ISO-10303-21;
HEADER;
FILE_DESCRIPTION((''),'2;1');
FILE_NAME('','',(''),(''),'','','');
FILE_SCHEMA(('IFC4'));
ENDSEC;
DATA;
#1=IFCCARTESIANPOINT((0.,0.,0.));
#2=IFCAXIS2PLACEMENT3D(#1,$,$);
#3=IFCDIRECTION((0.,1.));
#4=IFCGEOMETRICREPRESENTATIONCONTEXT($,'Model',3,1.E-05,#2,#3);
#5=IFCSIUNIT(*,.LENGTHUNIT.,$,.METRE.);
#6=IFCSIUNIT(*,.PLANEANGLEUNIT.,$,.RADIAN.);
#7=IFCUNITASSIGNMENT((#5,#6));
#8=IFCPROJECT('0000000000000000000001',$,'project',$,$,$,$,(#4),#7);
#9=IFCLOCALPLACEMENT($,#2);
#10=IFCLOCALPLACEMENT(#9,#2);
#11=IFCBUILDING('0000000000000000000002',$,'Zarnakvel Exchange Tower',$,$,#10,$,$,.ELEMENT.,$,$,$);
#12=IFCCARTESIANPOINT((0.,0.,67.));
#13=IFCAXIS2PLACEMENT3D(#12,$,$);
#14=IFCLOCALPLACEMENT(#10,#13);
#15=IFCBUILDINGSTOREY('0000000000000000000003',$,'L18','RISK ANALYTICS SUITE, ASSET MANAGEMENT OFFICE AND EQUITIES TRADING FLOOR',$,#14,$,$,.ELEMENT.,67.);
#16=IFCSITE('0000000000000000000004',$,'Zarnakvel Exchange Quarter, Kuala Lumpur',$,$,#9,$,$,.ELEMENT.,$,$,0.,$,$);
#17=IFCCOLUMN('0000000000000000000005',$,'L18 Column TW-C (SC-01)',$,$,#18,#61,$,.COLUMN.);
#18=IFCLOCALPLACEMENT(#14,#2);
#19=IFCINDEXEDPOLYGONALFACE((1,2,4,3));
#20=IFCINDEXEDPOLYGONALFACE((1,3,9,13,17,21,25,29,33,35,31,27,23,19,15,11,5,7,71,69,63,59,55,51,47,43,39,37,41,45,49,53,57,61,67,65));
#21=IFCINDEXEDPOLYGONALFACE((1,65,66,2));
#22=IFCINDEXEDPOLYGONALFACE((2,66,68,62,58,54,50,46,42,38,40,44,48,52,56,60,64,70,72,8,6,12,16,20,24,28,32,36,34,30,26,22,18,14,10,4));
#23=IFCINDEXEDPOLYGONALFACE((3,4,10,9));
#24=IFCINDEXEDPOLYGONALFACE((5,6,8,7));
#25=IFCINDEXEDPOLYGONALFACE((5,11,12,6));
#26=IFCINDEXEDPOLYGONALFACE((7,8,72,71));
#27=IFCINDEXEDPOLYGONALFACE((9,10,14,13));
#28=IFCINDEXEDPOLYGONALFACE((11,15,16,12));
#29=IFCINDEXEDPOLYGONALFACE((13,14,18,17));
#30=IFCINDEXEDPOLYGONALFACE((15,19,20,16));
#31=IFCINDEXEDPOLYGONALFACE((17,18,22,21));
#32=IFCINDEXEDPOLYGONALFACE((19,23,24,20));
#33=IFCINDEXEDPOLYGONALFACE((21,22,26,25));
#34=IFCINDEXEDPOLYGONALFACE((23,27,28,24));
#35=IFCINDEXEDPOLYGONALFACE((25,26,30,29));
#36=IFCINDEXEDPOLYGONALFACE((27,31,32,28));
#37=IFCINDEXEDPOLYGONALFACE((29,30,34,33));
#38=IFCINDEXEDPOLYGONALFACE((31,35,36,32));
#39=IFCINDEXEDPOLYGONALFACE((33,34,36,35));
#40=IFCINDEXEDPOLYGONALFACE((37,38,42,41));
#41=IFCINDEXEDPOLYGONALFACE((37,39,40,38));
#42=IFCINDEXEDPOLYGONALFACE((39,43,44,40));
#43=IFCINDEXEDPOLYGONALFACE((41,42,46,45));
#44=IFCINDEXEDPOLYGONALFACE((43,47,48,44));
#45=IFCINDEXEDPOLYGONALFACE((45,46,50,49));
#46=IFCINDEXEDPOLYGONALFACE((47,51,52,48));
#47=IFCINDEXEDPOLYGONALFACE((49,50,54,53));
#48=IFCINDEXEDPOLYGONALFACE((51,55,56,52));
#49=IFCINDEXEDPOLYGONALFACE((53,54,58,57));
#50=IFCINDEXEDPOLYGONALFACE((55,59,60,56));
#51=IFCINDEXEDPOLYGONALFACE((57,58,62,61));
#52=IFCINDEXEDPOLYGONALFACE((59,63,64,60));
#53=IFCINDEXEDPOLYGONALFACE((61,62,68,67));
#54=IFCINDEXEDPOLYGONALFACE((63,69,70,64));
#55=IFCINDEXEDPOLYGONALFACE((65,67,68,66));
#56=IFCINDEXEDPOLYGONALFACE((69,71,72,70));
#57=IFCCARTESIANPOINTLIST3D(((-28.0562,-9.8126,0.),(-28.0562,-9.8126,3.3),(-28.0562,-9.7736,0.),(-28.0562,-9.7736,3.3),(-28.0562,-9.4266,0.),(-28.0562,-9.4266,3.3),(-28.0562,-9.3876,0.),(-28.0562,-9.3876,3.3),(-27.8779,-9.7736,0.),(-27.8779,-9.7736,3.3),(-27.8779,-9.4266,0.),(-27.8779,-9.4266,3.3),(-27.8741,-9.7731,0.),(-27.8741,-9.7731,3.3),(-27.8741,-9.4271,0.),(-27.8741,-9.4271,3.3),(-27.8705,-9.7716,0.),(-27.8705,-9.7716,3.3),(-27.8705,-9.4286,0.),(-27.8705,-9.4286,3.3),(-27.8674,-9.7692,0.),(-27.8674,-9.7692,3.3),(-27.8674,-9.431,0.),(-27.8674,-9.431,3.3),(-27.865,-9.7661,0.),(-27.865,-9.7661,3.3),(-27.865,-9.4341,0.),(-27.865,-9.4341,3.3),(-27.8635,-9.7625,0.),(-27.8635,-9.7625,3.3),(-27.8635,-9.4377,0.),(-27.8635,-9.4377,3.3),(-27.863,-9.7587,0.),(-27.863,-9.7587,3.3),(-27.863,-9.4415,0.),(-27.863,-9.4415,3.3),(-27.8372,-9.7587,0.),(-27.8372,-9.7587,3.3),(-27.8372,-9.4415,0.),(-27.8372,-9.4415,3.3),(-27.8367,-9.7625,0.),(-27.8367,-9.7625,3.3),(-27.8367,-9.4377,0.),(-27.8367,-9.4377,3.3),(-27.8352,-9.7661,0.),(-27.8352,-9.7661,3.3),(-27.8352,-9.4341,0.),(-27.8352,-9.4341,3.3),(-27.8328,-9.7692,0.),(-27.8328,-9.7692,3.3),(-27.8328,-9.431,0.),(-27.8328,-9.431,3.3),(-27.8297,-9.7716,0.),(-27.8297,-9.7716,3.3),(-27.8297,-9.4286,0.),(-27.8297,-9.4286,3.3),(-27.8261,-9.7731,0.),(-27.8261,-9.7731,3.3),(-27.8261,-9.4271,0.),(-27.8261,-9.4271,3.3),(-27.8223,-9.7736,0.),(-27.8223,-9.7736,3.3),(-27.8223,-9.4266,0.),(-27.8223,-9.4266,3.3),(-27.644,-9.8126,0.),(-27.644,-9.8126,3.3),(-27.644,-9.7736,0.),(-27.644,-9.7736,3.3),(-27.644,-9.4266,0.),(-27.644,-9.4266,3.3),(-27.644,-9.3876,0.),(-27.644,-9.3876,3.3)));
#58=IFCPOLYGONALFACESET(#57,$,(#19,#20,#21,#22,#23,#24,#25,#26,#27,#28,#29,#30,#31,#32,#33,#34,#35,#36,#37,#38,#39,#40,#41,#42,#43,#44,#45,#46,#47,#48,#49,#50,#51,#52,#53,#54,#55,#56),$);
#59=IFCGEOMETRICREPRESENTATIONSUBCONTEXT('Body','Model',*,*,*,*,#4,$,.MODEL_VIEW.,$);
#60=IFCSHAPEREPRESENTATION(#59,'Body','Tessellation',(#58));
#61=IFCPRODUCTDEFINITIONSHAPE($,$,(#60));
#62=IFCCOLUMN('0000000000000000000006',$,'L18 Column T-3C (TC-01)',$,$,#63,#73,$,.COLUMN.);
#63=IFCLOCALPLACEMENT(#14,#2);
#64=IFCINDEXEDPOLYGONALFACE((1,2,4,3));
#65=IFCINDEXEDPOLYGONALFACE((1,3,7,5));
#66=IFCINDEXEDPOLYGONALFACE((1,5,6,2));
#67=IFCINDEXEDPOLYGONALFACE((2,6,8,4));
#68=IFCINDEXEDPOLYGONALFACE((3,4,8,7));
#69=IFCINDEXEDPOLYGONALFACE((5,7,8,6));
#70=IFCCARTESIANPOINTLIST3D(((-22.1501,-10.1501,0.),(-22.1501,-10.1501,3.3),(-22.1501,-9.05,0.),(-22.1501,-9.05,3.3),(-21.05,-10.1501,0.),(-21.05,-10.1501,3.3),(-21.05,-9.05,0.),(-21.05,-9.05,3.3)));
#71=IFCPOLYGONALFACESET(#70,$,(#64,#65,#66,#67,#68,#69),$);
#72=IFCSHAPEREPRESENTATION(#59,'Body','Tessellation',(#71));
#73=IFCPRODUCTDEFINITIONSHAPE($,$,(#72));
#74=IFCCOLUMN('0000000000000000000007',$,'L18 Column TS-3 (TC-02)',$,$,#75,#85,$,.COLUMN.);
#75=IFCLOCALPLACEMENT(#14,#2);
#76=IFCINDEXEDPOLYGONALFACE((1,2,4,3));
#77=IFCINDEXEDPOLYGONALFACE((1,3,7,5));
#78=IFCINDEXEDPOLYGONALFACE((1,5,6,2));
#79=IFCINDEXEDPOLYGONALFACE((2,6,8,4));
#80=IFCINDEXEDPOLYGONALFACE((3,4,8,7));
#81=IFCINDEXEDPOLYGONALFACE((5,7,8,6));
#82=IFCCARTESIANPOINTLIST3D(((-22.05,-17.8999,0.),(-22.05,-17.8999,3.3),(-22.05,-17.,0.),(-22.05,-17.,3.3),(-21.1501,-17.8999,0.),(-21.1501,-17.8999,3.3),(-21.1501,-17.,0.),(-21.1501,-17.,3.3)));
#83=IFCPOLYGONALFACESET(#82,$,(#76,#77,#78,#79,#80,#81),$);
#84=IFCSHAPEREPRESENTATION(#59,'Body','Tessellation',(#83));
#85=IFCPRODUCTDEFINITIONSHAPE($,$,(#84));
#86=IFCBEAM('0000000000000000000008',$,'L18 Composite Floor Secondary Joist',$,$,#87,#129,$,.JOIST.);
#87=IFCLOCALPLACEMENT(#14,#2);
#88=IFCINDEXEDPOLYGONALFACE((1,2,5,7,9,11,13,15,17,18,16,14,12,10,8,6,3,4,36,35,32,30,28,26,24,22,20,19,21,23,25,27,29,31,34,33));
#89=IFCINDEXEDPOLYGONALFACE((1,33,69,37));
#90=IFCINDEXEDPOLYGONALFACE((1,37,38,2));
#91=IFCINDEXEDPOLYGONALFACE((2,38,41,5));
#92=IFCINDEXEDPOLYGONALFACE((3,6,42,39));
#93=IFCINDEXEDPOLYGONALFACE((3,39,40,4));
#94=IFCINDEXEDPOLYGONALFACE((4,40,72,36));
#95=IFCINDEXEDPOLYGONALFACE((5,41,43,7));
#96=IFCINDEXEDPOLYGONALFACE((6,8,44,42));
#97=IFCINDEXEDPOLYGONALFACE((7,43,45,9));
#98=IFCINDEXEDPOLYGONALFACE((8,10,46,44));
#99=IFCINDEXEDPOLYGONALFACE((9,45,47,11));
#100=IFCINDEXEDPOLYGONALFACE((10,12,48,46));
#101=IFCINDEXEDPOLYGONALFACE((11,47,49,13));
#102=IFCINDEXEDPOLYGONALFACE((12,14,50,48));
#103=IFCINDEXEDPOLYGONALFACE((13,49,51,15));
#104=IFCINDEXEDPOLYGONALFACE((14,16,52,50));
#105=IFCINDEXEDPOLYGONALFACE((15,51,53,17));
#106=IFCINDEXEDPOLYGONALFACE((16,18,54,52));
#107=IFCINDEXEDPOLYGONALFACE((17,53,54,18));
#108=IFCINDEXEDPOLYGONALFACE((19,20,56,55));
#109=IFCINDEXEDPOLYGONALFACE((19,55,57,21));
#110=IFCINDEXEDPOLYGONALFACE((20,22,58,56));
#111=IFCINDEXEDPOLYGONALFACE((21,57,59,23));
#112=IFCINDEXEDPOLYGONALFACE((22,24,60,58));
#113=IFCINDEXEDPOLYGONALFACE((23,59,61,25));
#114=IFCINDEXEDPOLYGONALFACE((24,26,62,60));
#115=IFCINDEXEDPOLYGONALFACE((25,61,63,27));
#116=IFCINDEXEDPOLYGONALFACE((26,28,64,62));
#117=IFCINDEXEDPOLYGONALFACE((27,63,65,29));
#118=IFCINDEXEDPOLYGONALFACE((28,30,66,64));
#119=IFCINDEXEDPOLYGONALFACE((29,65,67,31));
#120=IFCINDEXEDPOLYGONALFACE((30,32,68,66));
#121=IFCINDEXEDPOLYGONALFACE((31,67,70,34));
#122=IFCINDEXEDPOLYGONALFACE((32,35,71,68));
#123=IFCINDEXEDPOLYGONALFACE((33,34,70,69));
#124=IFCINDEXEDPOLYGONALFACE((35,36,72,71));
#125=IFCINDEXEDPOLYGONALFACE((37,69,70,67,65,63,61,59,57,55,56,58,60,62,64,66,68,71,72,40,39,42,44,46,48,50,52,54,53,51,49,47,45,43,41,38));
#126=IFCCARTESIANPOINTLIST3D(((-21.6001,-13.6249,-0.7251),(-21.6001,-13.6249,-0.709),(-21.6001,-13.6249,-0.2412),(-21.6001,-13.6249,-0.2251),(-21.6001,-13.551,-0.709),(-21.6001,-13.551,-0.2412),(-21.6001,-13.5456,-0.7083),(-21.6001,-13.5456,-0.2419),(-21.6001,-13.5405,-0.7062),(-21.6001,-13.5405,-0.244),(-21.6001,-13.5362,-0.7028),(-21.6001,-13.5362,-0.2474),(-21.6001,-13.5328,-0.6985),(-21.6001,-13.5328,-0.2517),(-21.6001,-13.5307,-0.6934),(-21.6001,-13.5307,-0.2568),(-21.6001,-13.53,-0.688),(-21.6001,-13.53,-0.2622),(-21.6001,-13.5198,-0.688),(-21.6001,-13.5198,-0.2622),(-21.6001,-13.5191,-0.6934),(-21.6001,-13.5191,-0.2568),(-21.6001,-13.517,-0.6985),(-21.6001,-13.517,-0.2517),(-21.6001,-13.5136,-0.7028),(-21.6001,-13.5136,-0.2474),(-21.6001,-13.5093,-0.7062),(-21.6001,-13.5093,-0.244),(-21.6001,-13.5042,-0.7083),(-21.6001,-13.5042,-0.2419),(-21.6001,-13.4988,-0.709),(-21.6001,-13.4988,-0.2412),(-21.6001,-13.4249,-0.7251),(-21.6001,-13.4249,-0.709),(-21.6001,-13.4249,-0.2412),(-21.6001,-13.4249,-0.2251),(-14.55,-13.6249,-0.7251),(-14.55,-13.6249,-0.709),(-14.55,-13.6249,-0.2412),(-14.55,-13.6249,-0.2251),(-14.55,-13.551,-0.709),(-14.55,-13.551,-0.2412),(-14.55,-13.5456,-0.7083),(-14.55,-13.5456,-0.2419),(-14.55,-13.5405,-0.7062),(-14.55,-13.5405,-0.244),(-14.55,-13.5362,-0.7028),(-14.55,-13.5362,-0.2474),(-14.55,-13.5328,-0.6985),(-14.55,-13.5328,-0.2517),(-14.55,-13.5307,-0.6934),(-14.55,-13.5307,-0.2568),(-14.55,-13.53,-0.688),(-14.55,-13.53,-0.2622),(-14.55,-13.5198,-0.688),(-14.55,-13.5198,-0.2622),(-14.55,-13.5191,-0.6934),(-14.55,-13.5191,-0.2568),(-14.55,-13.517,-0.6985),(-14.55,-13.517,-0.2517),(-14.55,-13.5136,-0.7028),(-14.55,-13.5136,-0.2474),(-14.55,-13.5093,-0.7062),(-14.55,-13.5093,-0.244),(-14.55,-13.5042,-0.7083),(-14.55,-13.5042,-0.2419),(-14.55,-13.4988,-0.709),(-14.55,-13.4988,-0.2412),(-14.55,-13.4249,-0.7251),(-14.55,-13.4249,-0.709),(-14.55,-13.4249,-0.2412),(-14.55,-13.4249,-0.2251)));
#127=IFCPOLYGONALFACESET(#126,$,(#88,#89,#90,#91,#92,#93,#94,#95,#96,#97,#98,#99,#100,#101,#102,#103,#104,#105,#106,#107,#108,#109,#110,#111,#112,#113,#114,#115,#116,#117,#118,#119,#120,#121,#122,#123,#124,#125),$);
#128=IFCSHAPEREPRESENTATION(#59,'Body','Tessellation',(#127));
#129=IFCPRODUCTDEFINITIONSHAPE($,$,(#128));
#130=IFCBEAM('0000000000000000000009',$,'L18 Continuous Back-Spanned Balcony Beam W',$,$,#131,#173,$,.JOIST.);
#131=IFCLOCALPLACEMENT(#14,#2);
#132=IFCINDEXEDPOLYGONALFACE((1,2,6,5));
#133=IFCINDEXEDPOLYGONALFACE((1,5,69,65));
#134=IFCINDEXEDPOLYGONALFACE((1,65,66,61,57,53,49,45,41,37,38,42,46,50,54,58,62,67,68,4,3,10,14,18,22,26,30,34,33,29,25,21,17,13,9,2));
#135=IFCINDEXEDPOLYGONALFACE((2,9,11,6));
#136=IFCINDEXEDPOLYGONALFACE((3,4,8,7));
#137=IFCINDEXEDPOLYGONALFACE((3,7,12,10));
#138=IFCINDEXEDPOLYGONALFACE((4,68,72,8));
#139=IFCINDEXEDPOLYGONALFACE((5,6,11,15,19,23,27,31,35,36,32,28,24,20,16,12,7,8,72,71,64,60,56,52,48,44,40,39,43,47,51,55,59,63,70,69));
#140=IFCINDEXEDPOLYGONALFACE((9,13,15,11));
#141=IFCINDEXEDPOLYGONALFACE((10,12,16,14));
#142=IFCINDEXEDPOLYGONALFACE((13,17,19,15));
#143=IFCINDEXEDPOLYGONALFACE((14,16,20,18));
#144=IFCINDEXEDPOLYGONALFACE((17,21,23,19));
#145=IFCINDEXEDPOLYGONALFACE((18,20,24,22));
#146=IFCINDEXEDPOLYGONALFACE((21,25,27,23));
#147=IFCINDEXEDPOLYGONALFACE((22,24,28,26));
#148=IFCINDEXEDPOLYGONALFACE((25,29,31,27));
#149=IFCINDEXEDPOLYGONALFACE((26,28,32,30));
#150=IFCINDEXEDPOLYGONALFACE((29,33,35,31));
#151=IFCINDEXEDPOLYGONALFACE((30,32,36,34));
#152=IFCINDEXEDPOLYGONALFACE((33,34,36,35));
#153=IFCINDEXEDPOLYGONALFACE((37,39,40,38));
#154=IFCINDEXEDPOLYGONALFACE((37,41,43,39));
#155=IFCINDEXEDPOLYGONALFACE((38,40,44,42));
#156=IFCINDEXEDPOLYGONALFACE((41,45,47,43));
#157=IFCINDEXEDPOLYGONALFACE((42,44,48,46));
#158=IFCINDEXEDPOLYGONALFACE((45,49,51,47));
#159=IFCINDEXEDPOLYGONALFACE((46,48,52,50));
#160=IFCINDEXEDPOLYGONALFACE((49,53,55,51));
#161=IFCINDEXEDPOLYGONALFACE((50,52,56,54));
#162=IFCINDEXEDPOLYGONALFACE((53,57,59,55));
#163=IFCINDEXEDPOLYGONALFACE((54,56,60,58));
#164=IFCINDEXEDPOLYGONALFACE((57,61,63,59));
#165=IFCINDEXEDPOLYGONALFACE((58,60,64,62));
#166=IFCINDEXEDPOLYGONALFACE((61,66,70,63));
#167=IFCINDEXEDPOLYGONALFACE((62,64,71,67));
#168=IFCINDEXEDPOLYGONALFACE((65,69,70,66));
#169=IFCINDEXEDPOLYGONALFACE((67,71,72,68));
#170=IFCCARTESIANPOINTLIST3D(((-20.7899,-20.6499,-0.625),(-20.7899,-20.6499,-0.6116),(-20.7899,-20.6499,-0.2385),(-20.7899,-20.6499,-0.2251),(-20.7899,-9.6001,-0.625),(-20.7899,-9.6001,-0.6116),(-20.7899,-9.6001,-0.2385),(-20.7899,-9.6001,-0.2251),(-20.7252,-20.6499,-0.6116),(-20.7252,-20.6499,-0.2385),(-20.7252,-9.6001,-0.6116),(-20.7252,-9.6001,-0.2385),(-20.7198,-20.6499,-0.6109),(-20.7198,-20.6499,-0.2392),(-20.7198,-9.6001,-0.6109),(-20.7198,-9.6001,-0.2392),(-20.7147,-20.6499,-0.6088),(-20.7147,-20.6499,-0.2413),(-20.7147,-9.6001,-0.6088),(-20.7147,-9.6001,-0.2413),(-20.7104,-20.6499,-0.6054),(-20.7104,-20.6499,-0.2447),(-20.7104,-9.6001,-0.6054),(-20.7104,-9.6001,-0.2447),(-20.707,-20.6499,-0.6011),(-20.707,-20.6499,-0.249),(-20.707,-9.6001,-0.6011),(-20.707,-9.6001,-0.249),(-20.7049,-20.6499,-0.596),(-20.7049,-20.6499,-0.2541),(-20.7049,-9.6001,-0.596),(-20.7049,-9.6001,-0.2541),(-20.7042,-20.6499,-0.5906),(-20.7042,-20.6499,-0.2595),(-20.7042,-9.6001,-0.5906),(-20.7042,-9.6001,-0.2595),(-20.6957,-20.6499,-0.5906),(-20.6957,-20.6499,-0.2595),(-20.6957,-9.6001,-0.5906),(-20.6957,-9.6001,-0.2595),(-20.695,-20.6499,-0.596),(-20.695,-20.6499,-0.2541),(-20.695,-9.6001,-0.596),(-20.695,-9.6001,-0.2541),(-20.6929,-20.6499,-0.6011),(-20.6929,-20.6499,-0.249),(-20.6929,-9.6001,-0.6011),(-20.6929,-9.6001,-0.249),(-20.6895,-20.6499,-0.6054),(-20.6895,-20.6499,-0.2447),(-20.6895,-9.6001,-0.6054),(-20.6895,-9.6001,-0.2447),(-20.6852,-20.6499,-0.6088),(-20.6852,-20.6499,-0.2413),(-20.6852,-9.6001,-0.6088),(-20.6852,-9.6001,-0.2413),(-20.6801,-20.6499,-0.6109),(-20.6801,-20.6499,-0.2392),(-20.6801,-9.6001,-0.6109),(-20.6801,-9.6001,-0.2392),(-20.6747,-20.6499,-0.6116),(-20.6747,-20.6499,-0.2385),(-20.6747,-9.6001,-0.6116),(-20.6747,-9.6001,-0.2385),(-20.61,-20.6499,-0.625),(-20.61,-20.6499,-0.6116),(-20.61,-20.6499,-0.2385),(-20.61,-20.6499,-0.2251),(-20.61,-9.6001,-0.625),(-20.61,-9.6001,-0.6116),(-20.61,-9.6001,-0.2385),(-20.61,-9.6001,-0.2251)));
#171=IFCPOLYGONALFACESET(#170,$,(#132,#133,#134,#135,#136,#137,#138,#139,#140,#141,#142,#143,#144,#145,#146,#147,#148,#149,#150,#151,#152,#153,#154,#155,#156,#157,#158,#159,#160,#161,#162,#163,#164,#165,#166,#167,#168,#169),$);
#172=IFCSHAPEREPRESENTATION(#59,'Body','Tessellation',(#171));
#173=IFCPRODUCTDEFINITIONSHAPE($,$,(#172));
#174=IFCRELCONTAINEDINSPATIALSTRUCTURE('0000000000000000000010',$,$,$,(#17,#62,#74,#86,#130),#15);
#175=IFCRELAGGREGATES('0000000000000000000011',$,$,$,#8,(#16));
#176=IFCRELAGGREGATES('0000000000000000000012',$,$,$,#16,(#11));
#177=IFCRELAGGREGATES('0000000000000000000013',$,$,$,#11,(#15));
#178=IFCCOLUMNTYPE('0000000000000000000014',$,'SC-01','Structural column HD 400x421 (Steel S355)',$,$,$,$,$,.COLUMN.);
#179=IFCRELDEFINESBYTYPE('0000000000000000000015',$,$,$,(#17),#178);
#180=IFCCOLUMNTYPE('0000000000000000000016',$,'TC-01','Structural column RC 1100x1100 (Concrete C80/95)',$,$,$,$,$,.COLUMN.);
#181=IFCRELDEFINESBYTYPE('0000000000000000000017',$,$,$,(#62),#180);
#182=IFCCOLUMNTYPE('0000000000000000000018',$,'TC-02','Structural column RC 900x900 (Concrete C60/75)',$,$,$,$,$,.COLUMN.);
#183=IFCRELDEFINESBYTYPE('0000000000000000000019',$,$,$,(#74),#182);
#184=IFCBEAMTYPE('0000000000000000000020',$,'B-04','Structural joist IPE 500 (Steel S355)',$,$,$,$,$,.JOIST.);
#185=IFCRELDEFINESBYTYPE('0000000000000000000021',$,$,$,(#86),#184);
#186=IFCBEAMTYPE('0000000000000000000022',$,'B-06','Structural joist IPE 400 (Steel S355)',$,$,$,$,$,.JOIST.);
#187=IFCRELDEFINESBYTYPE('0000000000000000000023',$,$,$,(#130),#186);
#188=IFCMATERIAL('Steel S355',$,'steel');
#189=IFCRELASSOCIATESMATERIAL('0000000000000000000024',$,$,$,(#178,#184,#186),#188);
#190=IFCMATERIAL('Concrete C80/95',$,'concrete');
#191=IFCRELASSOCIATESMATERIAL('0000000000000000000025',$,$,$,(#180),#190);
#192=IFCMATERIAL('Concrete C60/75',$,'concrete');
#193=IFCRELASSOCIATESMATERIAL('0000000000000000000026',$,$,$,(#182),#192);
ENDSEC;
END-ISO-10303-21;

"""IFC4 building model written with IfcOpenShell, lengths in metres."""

from ifc_helpers import new_model, si_unit, direction, frame, origin, origin_2d, place, context, subcontext, project, spatial, rectangle, i_section, extrude, material, material_profile, profile_set, type_object, element, save


model = new_model("IFC4")

# Units and contexts
model_context = context("Model", 3, precision=1e-05, world=origin(), true_north=direction((0.0, 1.0)))
body_context = subcontext(model_context, "Body", "Model", "MODEL_VIEW")
ifc_project = project(units=[si_unit("LENGTHUNIT", "METRE"), si_unit("PLANEANGLEUNIT", "RADIAN")], contexts=[model_context])

# Site, building, storey
site_placement = place(None, origin())
site = spatial("IfcSite", under=ifc_project, at=site_placement, Name="Zarnakvel Exchange Quarter, Kuala Lumpur", CompositionType="ELEMENT", RefElevation=0.0)
building_placement = place(site_placement, origin())
building = spatial("IfcBuilding", under=site, at=building_placement, Name="Zarnakvel Exchange Tower", CompositionType="ELEMENT")
storey_placement = place(building_placement, frame((0.0, 0.0, 67.0)))
storey = spatial("IfcBuildingStorey", under=building, at=storey_placement, Name="L18", Description="RISK ANALYTICS SUITE, ASSET MANAGEMENT OFFICE AND EQUITIES TRADING FLOOR", CompositionType="ELEMENT", Elevation=67.0)

# Columns
ifc_material_1 = material(Name="Steel S355", Category="steel")
ifc_material_profile_1 = material_profile(ifc_material_1, i_section(OverallWidth=0.4121, OverallDepth=0.425, WebThickness=0.0259, FlangeThickness=0.0391, FilletRadius=0.0149, at=origin_2d()))
ifc_profile_set_1 = profile_set([ifc_material_profile_1], Name="Steel S355")
column_type_1 = type_object("IfcColumnType", Name="SC-01", Description="Structural column HD 400x421 (Steel S355)", PredefinedType="COLUMN", material=ifc_profile_set_1)
column_1_placement = place(storey_placement, frame((-27.8501, -9.6001, 0.0), z_axis=(0.0, 0.0, 1.0), x_axis=(1.0, 0.0, 0.0)))
element("IfcColumn", 1, at=column_1_placement, inside=storey, type_object=column_type_1, Name="L18 Column TW-C (SC-01)", PredefinedType="COLUMN", context=body_context, shape_type="SweptSolid", body=[
    extrude(i_section(OverallWidth=0.4121, OverallDepth=0.425, WebThickness=0.0259, FlangeThickness=0.0391, FilletRadius=0.0149, at=origin_2d()), origin(), (0.0, 0.0, 1.0), 3.3),
])
ifc_material_2 = material(Name="Concrete C80/95", Category="concrete")
ifc_material_profile_2 = material_profile(ifc_material_2, rectangle(XDim=1.1001, YDim=1.1001, at=origin_2d()))
ifc_profile_set_2 = profile_set([ifc_material_profile_2], Name="Concrete C80/95")
column_type_2 = type_object("IfcColumnType", Name="TC-01", Description="Structural column RC 1100x1100 (Concrete C80/95)", PredefinedType="COLUMN", material=ifc_profile_set_2)
column_2_placement = place(storey_placement, frame((-21.6001, -9.6001, 0.0), z_axis=(0.0, 0.0, 1.0), x_axis=(1.0, 0.0, 0.0)))
element("IfcColumn", 2, at=column_2_placement, inside=storey, type_object=column_type_2, Name="L18 Column T-3C (TC-01)", PredefinedType="COLUMN", context=body_context, shape_type="SweptSolid", body=[
    extrude(rectangle(XDim=1.1001, YDim=1.1001, at=origin_2d()), origin(), (0.0, 0.0, 1.0), 3.3),
])
ifc_material_3 = material(Name="Concrete C60/75", Category="concrete")
ifc_material_profile_3 = material_profile(ifc_material_3, rectangle(XDim=0.8999, YDim=0.8999, at=origin_2d()))
ifc_profile_set_3 = profile_set([ifc_material_profile_3], Name="Concrete C60/75")
column_type_3 = type_object("IfcColumnType", Name="TC-02", Description="Structural column RC 900x900 (Concrete C60/75)", PredefinedType="COLUMN", material=ifc_profile_set_3)
column_3_placement = place(storey_placement, frame((-21.6001, -17.45, 0.0), z_axis=(0.0, 0.0, 1.0), x_axis=(1.0, 0.0, 0.0)))
element("IfcColumn", 3, at=column_3_placement, inside=storey, type_object=column_type_3, Name="L18 Column TS-3 (TC-02)", PredefinedType="COLUMN", context=body_context, shape_type="SweptSolid", body=[
    extrude(rectangle(XDim=0.8999, YDim=0.8999, at=origin_2d()), origin(), (0.0, 0.0, 1.0), 3.3),
])

# Beams
ifc_material_profile_4 = material_profile(ifc_material_1, i_section(OverallWidth=0.2, OverallDepth=0.5, WebThickness=0.0103, FlangeThickness=0.0161, FilletRadius=0.021, at=origin_2d()))
ifc_profile_set_4 = profile_set([ifc_material_profile_4], Name="Steel S355")
beam_type_1 = type_object("IfcBeamType", Name="B-04", Description="Structural joist IPE 500 (Steel S355)", PredefinedType="JOIST", material=ifc_profile_set_4)
beam_1_placement = place(storey_placement, frame((-21.6001, -13.5249, -0.4751), z_axis=(1.0, 0.0, 0.0), x_axis=(0.0, 1.0, 0.0)))
element("IfcBeam", 4, at=beam_1_placement, inside=storey, type_object=beam_type_1, Name="L18 Composite Floor Secondary Joist", PredefinedType="JOIST", context=body_context, shape_type="SweptSolid", body=[
    extrude(i_section(OverallWidth=0.2, OverallDepth=0.5, WebThickness=0.0103, FlangeThickness=0.0161, FilletRadius=0.021, at=origin_2d()), origin(), (0.0, 0.0, 1.0), 7.05),
])
ifc_material_profile_5 = material_profile(ifc_material_1, i_section(OverallWidth=0.1799, OverallDepth=0.3999, WebThickness=0.0085, FlangeThickness=0.0134, FilletRadius=0.021, at=origin_2d()))
ifc_profile_set_5 = profile_set([ifc_material_profile_5], Name="Steel S355")
beam_type_2 = type_object("IfcBeamType", Name="B-06", Description="Structural joist IPE 400 (Steel S355)", PredefinedType="JOIST", material=ifc_profile_set_5)
beam_2_placement = place(storey_placement, frame((-20.7, -9.6001, -0.425), z_axis=(0.0, -1.0, 0.0), x_axis=(1.0, 0.0, 0.0)))
element("IfcBeam", 5, at=beam_2_placement, inside=storey, type_object=beam_type_2, Name="L18 Continuous Back-Spanned Balcony Beam W", PredefinedType="JOIST", context=body_context, shape_type="SweptSolid", body=[
    extrude(i_section(OverallWidth=0.1799, OverallDepth=0.3999, WebThickness=0.0085, FlangeThickness=0.0134, FilletRadius=0.021, at=origin_2d()), origin(), (0.0, 0.0, 1.0), 11.0498),
])

save(model, "model.ifc")
